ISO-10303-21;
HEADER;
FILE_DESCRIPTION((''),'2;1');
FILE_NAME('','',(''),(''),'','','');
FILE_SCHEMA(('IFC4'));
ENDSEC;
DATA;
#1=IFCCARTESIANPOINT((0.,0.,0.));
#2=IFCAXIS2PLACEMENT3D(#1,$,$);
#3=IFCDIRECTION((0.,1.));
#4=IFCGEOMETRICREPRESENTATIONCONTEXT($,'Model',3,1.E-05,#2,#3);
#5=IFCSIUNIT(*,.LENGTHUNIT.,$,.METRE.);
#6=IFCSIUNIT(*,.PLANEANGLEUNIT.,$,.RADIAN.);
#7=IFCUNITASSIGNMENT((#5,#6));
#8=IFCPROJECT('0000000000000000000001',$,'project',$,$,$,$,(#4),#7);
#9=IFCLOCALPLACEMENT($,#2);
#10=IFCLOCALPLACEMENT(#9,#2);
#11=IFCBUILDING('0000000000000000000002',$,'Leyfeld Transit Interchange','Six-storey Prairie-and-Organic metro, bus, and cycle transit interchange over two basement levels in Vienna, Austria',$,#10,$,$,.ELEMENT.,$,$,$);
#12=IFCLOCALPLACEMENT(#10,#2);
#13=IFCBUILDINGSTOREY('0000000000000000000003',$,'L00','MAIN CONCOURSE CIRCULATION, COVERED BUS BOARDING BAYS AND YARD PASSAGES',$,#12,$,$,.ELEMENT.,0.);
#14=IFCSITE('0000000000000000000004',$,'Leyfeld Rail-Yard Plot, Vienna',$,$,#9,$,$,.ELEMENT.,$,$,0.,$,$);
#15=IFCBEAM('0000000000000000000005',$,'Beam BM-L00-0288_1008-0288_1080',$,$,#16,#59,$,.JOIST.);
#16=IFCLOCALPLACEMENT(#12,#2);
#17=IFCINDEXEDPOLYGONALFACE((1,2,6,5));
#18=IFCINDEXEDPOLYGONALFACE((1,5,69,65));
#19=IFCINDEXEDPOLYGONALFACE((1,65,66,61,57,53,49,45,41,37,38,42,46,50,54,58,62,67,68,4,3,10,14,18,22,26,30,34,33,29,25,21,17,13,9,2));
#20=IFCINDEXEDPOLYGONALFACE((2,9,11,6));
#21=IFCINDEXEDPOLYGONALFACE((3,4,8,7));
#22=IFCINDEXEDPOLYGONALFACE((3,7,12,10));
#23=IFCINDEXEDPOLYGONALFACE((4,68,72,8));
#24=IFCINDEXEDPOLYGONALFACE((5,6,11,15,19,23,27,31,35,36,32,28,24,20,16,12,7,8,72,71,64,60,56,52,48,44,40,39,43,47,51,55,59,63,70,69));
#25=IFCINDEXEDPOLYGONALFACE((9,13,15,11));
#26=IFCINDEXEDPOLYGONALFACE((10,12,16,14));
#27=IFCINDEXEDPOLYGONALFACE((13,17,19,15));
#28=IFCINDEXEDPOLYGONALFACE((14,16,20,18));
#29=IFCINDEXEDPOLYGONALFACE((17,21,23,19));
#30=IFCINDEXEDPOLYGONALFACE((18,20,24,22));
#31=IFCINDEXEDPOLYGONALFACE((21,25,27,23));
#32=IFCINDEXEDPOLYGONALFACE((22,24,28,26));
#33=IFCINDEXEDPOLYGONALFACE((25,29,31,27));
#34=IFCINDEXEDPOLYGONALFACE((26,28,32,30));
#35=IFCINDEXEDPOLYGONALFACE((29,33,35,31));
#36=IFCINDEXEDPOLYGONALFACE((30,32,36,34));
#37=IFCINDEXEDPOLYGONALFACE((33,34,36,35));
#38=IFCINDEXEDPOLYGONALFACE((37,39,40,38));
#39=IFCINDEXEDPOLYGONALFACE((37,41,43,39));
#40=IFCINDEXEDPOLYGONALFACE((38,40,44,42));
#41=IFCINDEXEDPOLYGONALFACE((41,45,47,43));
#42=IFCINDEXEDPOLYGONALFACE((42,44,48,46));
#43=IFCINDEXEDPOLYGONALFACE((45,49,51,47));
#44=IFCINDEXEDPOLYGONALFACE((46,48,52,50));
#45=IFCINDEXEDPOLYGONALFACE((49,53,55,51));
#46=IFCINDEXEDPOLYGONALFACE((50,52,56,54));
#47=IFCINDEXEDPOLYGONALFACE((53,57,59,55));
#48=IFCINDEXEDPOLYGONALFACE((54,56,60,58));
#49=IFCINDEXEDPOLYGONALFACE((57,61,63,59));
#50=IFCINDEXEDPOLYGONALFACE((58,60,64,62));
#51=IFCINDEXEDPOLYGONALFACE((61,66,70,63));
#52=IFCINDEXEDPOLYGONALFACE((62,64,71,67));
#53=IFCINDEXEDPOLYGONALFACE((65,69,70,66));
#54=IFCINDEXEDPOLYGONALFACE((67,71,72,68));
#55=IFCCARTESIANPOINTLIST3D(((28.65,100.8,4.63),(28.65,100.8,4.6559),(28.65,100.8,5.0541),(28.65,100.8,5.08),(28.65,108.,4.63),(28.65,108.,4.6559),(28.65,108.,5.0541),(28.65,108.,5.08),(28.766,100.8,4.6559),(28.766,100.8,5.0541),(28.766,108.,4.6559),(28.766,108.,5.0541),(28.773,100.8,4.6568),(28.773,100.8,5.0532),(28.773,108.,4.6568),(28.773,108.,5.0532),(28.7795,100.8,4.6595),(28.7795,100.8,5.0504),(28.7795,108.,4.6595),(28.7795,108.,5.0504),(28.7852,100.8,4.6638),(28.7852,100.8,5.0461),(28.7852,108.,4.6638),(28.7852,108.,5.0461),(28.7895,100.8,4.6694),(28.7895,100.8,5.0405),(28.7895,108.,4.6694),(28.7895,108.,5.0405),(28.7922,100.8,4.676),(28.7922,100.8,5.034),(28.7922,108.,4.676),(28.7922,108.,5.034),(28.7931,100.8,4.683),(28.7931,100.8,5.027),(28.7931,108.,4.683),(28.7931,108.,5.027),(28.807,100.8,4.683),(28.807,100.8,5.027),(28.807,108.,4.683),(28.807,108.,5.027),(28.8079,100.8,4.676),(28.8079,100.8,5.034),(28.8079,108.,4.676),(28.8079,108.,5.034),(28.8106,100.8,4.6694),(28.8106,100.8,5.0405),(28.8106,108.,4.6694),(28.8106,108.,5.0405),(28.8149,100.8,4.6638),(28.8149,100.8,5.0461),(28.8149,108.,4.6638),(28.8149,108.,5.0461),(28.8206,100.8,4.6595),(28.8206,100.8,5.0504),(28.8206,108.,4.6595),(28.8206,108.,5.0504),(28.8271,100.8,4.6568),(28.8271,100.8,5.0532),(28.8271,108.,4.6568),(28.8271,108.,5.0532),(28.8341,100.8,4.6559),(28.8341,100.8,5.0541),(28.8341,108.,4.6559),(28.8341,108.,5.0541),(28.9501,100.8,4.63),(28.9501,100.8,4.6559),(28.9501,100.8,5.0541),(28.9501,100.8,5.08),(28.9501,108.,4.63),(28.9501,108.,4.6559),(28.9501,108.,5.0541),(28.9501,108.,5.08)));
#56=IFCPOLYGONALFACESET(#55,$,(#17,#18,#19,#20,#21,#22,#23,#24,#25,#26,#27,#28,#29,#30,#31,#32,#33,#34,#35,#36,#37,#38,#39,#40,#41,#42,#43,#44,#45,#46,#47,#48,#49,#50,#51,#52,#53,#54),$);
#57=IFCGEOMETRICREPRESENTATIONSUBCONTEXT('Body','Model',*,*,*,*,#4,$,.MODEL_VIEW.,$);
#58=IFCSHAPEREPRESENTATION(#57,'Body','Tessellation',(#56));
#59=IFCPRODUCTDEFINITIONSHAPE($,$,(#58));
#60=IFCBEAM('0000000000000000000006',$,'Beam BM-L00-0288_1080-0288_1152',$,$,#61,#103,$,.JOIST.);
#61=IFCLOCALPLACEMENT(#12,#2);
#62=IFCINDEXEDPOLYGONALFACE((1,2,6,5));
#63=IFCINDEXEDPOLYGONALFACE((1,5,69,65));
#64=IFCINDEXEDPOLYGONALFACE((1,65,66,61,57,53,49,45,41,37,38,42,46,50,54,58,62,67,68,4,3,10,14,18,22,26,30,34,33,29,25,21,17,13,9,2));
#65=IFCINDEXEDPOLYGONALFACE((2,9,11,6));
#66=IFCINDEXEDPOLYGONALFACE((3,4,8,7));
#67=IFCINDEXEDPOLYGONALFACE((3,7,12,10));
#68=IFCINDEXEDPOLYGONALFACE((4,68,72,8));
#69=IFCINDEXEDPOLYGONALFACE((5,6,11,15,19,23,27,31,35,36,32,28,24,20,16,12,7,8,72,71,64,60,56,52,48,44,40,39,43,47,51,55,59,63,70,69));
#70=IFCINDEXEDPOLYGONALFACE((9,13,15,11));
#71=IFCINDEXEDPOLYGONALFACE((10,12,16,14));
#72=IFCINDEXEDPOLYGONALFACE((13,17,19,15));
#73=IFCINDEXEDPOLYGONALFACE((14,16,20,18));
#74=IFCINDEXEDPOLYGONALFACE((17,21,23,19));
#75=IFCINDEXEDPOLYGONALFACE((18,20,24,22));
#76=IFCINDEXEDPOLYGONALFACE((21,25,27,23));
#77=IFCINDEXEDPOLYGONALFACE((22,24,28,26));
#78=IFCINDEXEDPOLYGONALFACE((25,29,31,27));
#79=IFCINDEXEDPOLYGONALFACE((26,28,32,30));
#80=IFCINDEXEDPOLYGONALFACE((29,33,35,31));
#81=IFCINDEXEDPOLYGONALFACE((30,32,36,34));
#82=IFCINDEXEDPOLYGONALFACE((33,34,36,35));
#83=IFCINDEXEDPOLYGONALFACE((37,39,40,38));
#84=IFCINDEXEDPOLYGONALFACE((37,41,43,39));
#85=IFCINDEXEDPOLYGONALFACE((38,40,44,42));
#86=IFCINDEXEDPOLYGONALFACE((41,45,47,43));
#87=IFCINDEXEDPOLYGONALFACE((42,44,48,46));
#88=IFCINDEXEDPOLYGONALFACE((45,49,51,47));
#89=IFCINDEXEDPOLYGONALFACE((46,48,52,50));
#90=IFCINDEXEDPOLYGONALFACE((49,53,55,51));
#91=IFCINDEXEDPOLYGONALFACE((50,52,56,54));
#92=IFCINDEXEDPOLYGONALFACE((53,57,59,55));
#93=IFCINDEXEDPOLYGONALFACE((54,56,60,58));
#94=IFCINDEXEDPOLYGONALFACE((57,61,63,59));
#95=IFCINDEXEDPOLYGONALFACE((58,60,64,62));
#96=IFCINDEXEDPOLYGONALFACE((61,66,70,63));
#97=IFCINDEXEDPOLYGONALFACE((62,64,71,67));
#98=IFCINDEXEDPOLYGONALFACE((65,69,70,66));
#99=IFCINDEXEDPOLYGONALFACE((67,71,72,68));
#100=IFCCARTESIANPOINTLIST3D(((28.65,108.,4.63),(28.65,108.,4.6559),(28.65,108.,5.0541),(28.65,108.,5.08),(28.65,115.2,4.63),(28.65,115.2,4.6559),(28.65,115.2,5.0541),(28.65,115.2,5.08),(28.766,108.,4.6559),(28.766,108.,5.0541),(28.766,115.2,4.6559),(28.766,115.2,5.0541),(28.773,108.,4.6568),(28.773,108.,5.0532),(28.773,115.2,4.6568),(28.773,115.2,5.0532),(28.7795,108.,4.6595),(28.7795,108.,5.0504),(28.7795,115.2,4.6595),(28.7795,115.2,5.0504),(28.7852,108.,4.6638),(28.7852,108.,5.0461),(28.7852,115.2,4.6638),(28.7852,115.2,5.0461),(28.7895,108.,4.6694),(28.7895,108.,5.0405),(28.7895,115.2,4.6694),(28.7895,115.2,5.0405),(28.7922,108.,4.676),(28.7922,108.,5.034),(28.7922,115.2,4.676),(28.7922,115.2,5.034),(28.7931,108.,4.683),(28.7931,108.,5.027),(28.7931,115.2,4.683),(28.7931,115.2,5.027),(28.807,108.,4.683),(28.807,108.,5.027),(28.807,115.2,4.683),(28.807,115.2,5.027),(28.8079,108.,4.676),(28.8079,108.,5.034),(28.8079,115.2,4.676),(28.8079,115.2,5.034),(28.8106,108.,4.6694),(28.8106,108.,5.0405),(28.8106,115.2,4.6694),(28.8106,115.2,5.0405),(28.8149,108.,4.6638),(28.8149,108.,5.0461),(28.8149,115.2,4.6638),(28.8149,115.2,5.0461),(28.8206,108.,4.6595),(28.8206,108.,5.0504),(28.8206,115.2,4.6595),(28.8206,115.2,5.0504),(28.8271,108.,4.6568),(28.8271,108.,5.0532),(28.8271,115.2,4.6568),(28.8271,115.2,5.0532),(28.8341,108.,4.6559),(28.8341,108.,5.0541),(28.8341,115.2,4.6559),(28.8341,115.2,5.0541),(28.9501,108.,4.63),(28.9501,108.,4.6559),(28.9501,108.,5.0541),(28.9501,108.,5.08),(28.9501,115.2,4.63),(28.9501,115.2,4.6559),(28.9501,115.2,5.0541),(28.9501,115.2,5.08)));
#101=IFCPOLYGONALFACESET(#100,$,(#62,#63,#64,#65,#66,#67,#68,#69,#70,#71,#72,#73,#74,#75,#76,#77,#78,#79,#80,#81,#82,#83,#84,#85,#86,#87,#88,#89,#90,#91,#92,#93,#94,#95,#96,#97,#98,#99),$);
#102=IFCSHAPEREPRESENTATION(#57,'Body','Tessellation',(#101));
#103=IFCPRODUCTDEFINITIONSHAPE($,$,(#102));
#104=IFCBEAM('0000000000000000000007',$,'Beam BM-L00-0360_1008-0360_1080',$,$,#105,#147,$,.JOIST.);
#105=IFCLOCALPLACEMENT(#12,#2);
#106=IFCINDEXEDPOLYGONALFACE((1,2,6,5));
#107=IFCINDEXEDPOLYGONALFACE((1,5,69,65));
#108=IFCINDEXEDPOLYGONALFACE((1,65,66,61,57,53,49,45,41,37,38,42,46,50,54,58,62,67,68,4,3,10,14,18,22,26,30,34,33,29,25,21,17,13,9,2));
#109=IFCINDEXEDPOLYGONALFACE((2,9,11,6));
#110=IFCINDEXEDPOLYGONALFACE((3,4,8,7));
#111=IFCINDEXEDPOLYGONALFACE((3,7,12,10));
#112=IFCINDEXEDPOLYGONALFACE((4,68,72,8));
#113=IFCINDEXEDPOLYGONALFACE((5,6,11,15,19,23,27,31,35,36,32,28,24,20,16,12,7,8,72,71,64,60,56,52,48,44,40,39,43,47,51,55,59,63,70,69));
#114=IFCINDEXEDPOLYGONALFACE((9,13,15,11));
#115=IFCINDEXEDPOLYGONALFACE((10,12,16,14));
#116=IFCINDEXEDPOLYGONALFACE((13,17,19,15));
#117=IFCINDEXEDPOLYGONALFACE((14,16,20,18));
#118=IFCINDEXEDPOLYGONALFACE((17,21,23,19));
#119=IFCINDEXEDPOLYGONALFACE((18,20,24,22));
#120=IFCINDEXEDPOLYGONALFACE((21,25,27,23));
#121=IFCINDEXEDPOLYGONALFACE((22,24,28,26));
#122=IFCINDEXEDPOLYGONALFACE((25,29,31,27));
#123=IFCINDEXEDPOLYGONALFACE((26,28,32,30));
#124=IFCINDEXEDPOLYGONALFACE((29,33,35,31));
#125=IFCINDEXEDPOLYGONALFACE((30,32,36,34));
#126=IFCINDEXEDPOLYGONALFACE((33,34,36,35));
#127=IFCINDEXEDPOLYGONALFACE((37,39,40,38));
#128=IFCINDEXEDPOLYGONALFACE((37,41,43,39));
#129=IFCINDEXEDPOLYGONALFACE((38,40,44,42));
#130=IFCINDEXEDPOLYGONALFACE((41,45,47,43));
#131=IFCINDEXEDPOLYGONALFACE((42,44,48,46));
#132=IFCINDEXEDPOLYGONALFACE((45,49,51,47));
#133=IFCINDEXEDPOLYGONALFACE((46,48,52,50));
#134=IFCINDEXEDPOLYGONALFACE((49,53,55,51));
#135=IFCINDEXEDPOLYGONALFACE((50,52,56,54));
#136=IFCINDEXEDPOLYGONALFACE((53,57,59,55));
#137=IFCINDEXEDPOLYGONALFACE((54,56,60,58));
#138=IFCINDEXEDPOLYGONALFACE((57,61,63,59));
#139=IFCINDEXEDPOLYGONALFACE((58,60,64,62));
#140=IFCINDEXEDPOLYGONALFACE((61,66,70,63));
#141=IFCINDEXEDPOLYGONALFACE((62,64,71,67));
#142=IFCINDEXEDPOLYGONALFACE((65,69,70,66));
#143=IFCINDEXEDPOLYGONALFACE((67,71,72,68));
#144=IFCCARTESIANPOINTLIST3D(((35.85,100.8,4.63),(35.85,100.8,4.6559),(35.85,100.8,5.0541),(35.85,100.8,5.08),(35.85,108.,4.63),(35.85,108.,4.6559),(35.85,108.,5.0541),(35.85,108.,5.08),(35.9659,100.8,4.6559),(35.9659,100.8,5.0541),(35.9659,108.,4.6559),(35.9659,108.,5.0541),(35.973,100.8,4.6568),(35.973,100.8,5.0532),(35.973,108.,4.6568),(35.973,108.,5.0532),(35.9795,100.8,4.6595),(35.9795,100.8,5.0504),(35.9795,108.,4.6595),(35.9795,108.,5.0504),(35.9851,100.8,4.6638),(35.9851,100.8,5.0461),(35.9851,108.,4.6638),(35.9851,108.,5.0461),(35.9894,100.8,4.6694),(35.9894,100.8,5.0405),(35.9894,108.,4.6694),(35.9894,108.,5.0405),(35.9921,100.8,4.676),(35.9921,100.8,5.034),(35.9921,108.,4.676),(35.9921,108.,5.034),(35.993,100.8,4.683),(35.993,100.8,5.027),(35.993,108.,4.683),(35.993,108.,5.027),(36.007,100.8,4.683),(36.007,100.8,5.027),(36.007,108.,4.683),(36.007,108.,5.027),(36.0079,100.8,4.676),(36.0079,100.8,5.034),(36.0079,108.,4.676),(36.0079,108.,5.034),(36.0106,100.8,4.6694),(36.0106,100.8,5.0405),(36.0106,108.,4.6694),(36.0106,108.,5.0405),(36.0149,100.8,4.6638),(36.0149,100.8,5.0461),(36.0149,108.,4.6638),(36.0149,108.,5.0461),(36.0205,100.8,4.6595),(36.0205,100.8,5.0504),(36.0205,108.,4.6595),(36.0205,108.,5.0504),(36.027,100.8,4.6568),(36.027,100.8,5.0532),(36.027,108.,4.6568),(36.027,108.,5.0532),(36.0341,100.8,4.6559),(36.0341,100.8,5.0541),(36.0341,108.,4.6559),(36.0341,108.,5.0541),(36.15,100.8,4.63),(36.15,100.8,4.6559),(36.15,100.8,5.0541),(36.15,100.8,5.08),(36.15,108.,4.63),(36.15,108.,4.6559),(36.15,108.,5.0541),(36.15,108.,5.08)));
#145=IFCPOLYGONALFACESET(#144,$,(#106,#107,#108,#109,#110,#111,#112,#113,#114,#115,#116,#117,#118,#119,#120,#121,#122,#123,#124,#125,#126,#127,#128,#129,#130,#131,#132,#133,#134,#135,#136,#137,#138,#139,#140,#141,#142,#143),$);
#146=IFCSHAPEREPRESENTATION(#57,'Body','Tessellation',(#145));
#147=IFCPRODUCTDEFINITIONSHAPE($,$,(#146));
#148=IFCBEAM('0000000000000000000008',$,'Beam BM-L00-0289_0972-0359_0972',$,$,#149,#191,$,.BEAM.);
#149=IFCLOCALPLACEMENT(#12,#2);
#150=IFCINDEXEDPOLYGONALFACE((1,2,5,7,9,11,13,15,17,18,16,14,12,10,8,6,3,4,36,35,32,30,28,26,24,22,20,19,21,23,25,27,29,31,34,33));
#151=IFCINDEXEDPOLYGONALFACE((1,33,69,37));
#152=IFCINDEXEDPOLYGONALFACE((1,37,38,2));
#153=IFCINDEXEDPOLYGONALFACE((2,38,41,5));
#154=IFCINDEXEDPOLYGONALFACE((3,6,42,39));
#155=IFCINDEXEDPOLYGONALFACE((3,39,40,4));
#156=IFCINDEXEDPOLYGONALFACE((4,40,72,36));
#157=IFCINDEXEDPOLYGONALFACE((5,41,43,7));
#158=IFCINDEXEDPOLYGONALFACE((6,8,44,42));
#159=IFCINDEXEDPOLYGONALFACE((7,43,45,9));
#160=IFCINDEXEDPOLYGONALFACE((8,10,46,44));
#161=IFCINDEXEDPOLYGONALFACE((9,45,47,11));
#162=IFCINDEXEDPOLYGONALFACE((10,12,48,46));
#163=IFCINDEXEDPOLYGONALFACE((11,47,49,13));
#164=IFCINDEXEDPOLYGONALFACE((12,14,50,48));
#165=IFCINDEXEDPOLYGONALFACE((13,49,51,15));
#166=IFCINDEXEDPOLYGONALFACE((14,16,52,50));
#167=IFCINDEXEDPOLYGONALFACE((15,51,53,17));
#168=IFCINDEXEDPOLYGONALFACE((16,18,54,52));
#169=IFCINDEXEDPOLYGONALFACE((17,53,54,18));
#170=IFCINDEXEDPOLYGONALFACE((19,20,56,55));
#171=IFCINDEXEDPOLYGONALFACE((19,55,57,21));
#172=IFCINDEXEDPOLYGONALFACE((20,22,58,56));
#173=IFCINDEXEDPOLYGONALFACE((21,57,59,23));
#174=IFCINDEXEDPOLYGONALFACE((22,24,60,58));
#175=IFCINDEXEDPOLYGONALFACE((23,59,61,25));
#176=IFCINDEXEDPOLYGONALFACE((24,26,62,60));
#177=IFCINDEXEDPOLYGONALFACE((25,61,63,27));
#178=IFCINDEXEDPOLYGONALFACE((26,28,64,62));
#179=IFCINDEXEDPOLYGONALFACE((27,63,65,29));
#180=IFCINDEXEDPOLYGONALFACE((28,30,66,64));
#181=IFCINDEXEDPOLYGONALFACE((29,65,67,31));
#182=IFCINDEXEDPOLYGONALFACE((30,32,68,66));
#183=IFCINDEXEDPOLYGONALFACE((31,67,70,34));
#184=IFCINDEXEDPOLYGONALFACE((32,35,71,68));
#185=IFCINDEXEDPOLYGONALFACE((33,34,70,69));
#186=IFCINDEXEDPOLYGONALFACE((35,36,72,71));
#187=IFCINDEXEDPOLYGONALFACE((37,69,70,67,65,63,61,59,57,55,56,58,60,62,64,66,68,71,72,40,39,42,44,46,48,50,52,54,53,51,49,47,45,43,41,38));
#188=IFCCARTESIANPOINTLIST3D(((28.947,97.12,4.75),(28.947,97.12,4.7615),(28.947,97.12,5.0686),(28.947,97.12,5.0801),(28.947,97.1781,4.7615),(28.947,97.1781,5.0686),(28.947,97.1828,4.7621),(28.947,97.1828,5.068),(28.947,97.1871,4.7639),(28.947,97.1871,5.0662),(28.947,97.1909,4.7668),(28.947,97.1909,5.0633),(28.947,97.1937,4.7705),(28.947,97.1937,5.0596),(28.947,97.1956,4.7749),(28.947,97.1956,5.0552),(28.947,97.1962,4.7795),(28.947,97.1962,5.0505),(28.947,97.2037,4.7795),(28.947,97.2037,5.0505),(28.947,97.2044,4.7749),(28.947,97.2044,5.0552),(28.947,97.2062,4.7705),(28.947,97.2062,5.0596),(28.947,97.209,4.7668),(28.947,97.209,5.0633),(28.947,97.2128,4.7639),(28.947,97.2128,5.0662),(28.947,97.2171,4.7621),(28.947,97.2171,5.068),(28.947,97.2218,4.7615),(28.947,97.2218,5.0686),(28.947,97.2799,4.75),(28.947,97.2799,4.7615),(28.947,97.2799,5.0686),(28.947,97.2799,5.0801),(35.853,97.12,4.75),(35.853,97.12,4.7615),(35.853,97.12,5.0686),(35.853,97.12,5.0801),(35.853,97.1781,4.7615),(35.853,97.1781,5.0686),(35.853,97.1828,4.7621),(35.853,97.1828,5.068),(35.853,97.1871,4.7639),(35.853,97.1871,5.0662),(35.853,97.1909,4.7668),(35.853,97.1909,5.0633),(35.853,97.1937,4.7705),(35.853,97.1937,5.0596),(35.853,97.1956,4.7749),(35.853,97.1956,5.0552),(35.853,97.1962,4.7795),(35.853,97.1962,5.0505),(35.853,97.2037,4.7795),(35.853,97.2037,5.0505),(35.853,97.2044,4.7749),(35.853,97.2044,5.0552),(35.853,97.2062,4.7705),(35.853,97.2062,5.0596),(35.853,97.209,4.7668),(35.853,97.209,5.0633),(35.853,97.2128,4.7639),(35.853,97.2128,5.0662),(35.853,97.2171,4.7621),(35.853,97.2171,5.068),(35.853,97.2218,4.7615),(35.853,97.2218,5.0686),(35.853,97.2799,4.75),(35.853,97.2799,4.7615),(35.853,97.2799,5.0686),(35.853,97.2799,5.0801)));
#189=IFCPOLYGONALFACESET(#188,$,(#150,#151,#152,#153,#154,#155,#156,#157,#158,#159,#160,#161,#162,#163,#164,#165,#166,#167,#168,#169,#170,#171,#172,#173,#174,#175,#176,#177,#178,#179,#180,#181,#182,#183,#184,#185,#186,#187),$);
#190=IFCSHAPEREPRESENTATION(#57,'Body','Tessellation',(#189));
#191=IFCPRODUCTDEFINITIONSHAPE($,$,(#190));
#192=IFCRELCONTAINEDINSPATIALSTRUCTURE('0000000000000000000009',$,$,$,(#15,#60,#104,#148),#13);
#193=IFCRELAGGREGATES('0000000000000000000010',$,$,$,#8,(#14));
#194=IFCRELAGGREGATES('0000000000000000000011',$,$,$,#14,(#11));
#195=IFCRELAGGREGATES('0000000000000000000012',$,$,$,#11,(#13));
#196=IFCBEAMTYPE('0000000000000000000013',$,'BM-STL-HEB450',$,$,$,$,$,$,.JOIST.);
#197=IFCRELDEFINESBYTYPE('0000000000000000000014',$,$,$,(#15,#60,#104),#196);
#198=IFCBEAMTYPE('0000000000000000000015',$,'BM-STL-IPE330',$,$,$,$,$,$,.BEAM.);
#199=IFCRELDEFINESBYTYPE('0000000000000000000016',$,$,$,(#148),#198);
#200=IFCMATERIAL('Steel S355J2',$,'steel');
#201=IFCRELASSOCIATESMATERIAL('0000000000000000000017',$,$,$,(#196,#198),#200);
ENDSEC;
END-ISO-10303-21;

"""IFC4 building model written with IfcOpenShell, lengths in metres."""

from ifc_helpers import new_model, si_unit, direction, frame, origin, origin_2d, place, context, subcontext, project, spatial, i_section, extrude, material, material_profile, profile_set, type_object, element, save


model = new_model("IFC4")

# Units and contexts
model_context = context("Model", 3, precision=1e-05, world=origin(), true_north=direction((0.0, 1.0)))
body_context = subcontext(model_context, "Body", "Model", "MODEL_VIEW")
ifc_project = project(units=[si_unit("LENGTHUNIT", "METRE"), si_unit("PLANEANGLEUNIT", "RADIAN")], contexts=[model_context])

# Site, building, storey
site_placement = place(None, origin())
site = spatial("IfcSite", under=ifc_project, at=site_placement, Name="Leyfeld Rail-Yard Plot, Vienna", CompositionType="ELEMENT", RefElevation=0.0)
building_placement = place(site_placement, origin())
building = spatial("IfcBuilding", under=site, at=building_placement, Name="Leyfeld Transit Interchange", Description="Six-storey Prairie-and-Organic metro, bus, and cycle transit interchange over two basement levels in Vienna, Austria", CompositionType="ELEMENT")
storey_placement = place(building_placement, origin())
storey = spatial("IfcBuildingStorey", under=building, at=storey_placement, Name="L00", Description="MAIN CONCOURSE CIRCULATION, COVERED BUS BOARDING BAYS AND YARD PASSAGES", CompositionType="ELEMENT", Elevation=0.0)

# Beams
ifc_material_1 = material(Name="Steel S355J2", Category="steel")
ifc_material_profile_1 = material_profile(ifc_material_1, i_section(OverallWidth=0.3, OverallDepth=0.45, WebThickness=0.0139, FlangeThickness=0.0259, FilletRadius=0.0271, at=origin_2d()), Name="HEB 450")
ifc_profile_set_1 = profile_set([ifc_material_profile_1], Name="Steel S355J2")
beam_type_1 = type_object("IfcBeamType", Name="BM-STL-HEB450", PredefinedType="JOIST", material=ifc_profile_set_1)
for number, where, z_axis, x_axis, name in (
    (1, (28.8, 100.8, 4.855), (0.0, 1.0, 0.0), (-1.0, 0.0, 0.0), "Beam BM-L00-0288_1008-0288_1080"),
    (2, (28.8, 108.0, 4.855), (0.0, 1.0, 0.0), (-1.0, 0.0, 0.0), "Beam BM-L00-0288_1080-0288_1152"),
    (3, (36.0, 100.8, 4.855), (0.0, 1.0, 0.0), (-1.0, 0.0, 0.0), "Beam BM-L00-0360_1008-0360_1080"),
):
    element("IfcBeam", number, at=place(storey_placement, frame(where, z_axis=z_axis, x_axis=x_axis)), inside=storey, type_object=beam_type_1, Name=name, PredefinedType="JOIST", context=body_context, shape_type="SweptSolid", body=[
        extrude(i_section(OverallWidth=0.3, OverallDepth=0.45, WebThickness=0.0139, FlangeThickness=0.0259, FilletRadius=0.0271, at=origin_2d()), origin(), (0.0, 0.0, 1.0), 7.2),
    ])
ifc_material_profile_2 = material_profile(ifc_material_1, i_section(OverallWidth=0.1599, OverallDepth=0.3301, WebThickness=0.0076, FlangeThickness=0.0115, FilletRadius=0.0181, at=origin_2d()), Name="IPE 330")
ifc_profile_set_2 = profile_set([ifc_material_profile_2], Name="Steel S355J2")
beam_type_2 = type_object("IfcBeamType", Name="BM-STL-IPE330", PredefinedType="BEAM", material=ifc_profile_set_2)
beam_1_placement = place(storey_placement, frame((28.947, 97.2, 4.915), z_axis=(1.0, 0.0, 0.0), x_axis=(0.0, 1.0, 0.0)))
element("IfcBeam", 4, at=beam_1_placement, inside=storey, type_object=beam_type_2, Name="Beam BM-L00-0289_0972-0359_0972", PredefinedType="BEAM", context=body_context, shape_type="SweptSolid", body=[
    extrude(i_section(OverallWidth=0.1599, OverallDepth=0.3301, WebThickness=0.0076, FlangeThickness=0.0115, FilletRadius=0.0181, at=origin_2d()), origin(), (0.0, 0.0, 1.0), 6.906),
])

save(model, "model.ifc")
